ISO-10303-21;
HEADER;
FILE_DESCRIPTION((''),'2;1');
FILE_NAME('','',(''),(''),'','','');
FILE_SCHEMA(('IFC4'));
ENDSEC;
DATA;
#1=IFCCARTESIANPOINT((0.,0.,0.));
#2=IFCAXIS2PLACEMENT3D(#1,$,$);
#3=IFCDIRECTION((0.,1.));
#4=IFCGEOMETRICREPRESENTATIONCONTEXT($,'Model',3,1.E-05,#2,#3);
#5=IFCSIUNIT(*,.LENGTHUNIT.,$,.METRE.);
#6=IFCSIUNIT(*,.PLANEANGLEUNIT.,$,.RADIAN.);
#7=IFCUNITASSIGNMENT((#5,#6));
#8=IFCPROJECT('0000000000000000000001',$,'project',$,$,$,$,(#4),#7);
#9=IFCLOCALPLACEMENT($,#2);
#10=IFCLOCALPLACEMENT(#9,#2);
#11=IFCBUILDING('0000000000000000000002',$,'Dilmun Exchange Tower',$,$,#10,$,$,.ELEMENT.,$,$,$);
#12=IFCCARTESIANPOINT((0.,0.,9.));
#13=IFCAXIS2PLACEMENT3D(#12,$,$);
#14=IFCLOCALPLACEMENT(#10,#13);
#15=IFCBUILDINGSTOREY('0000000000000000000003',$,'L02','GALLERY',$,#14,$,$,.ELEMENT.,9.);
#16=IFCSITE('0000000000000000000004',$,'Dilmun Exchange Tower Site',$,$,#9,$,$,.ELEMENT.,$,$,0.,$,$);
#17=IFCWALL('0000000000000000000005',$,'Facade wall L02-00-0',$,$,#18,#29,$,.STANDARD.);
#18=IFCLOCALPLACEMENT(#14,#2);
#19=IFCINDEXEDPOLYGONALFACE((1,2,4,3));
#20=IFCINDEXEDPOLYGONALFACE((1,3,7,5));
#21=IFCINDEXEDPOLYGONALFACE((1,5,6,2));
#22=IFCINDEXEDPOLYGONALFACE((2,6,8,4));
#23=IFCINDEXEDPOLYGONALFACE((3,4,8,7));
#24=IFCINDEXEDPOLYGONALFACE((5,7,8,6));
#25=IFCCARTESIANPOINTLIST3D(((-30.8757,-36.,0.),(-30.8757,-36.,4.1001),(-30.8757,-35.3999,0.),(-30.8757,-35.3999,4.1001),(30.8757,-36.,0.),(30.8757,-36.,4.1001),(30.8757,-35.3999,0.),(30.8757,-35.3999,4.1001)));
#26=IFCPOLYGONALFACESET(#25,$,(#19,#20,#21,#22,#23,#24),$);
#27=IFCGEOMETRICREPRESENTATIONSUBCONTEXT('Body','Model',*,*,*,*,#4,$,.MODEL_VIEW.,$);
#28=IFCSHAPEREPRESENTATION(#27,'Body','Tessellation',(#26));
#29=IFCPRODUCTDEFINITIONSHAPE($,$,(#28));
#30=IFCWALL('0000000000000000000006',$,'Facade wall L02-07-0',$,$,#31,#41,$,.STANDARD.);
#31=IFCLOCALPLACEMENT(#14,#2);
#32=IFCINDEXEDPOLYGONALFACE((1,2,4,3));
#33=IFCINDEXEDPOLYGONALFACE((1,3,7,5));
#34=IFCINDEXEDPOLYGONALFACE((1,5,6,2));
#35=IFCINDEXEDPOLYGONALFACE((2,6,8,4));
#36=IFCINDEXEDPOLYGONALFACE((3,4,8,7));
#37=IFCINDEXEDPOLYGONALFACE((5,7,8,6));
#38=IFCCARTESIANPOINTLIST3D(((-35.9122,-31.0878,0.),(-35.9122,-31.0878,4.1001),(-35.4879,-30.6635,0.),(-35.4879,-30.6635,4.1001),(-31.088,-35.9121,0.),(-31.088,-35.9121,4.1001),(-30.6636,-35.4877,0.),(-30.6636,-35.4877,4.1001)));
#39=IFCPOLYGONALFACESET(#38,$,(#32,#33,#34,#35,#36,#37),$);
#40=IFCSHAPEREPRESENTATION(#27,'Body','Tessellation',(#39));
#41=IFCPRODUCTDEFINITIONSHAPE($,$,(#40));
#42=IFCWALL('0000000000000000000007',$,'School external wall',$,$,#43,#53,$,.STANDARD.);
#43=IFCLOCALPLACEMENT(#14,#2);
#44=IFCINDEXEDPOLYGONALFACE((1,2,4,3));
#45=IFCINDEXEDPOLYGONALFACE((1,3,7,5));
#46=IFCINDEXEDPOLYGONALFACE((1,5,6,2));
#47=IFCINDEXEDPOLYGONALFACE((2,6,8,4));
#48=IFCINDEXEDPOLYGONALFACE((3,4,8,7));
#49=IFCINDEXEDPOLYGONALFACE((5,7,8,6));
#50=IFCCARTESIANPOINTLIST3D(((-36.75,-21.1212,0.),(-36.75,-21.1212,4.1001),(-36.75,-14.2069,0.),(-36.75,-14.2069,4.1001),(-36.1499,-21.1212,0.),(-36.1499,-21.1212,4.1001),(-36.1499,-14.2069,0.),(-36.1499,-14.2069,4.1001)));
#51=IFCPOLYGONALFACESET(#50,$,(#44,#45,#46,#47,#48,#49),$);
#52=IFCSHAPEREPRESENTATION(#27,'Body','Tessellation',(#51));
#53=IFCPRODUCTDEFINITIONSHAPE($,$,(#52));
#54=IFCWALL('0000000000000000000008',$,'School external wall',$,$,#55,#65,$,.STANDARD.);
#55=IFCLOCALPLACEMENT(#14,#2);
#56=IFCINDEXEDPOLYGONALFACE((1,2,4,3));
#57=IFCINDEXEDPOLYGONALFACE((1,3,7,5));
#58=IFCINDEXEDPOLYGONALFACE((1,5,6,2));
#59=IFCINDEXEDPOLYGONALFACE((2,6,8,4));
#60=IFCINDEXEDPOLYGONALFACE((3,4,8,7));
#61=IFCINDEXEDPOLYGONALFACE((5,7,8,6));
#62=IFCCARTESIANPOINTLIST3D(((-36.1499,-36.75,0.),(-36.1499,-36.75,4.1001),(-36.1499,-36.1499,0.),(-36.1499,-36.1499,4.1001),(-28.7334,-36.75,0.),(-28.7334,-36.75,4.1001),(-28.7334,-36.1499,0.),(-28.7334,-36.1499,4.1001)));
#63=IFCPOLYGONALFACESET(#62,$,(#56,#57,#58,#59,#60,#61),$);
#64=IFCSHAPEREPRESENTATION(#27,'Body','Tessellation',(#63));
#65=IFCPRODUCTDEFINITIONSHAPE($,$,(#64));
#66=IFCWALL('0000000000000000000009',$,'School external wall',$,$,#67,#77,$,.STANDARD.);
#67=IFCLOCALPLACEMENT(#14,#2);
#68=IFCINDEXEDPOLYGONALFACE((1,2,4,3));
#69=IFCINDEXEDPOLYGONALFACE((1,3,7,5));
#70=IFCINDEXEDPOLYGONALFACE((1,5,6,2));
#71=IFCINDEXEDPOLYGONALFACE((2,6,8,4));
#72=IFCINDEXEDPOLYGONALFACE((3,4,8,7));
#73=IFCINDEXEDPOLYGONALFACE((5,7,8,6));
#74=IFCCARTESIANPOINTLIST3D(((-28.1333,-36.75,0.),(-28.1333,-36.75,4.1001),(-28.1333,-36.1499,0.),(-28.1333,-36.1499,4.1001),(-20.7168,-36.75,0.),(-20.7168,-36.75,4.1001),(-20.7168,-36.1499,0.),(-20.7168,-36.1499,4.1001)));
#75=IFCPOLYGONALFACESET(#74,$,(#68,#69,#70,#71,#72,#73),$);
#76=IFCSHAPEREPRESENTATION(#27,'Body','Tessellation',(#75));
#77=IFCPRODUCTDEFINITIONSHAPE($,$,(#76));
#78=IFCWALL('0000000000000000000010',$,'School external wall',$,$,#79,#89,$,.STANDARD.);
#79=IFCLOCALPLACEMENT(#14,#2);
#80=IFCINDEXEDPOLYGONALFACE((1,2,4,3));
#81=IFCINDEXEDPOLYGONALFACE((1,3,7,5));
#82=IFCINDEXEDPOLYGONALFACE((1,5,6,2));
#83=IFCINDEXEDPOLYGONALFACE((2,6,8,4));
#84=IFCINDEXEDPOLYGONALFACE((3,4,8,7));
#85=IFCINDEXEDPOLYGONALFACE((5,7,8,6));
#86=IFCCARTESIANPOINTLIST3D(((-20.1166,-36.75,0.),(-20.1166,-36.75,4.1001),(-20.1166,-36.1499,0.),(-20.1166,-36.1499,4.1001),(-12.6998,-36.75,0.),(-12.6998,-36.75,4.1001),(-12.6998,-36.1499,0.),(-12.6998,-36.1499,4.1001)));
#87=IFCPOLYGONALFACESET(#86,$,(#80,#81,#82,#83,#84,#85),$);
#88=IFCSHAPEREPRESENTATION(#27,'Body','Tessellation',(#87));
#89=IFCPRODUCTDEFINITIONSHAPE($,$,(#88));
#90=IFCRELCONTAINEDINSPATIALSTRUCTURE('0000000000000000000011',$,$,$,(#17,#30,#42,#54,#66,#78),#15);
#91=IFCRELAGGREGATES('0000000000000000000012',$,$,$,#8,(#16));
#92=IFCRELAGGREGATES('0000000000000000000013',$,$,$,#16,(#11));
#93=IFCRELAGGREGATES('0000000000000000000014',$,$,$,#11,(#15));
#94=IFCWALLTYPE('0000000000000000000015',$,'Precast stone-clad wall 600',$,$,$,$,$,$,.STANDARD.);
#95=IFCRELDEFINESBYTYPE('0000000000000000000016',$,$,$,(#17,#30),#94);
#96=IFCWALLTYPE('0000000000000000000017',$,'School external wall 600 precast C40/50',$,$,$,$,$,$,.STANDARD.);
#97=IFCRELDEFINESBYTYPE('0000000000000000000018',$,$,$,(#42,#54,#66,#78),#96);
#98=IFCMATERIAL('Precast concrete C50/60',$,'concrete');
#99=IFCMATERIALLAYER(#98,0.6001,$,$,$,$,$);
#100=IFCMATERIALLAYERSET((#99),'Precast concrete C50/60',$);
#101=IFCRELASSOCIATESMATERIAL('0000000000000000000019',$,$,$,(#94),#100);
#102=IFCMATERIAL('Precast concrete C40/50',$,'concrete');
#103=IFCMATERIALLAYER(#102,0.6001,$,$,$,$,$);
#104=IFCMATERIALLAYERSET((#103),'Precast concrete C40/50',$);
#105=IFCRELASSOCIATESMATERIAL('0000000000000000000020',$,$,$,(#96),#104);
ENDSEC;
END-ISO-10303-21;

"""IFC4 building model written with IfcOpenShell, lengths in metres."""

from ifc_helpers import new_model, si_unit, direction, frame, frame_2d, origin, place, context, subcontext, project, spatial, rectangle, extrude, material, layer, layer_set, type_object, element, save


model = new_model("IFC4")

# Units and contexts
model_context = context("Model", 3, precision=1e-05, world=origin(), true_north=direction((0.0, 1.0)))
body_context = subcontext(model_context, "Body", "Model", "MODEL_VIEW")
ifc_project = project(units=[si_unit("LENGTHUNIT", "METRE"), si_unit("PLANEANGLEUNIT", "RADIAN")], contexts=[model_context])

# Site, building, storey
site_placement = place(None, origin())
site = spatial("IfcSite", under=ifc_project, at=site_placement, Name="Dilmun Exchange Tower Site", CompositionType="ELEMENT", RefElevation=0.0)
building_placement = place(site_placement, origin())
building = spatial("IfcBuilding", under=site, at=building_placement, Name="Dilmun Exchange Tower", CompositionType="ELEMENT")
storey_placement = place(building_placement, frame((0.0, 0.0, 9.0)))
storey = spatial("IfcBuildingStorey", under=building, at=storey_placement, Name="L02", Description="GALLERY", CompositionType="ELEMENT", Elevation=9.0)

# Walls
ifc_material_1 = material(Name="Precast concrete C50/60", Category="concrete")
ifc_layer_1 = layer(ifc_material_1, 0.6001)
ifc_layer_set_1 = layer_set([ifc_layer_1], Name="Precast concrete C50/60")
wall_type_1 = type_object("IfcWallType", Name="Precast stone-clad wall 600", PredefinedType="STANDARD", material=ifc_layer_set_1)
wall_1_placement = place(storey_placement, frame((-30.8757, -35.7, 0.0), z_axis=(0.0, 0.0, 1.0), x_axis=(1.0, 0.0, 0.0)))
element("IfcWall", 1, at=wall_1_placement, inside=storey, type_object=wall_type_1, Name="Facade wall L02-00-0", PredefinedType="STANDARD", context=body_context, shape_type="SweptSolid", body=[
    extrude(rectangle(XDim=61.7515, YDim=0.6001, at=frame_2d((30.8757, 0.0))), origin(), (0.0, 0.0, 1.0), 4.1001),
])
wall_2_placement = place(storey_placement, frame((-35.7, -30.8757, 0.0), z_axis=(0.0, 0.0, 1.0), x_axis=(0.707107, -0.707107, 0.0)))
element("IfcWall", 2, at=wall_2_placement, inside=storey, type_object=wall_type_1, Name="Facade wall L02-07-0", PredefinedType="STANDARD", context=body_context, shape_type="SweptSolid", body=[
    extrude(rectangle(XDim=6.8225, YDim=0.6001, at=frame_2d((3.4111, 0.0))), origin(), (0.0, 0.0, 1.0), 4.1001),
])
ifc_material_2 = material(Name="Precast concrete C40/50", Category="concrete")
ifc_layer_2 = layer(ifc_material_2, 0.6001)
ifc_layer_set_2 = layer_set([ifc_layer_2], Name="Precast concrete C40/50")
wall_type_2 = type_object("IfcWallType", Name="School external wall 600 precast C40/50", PredefinedType="STANDARD", material=ifc_layer_set_2)
wall_3_placement = place(storey_placement, frame((-36.45, -14.207, 0.0), z_axis=(0.0, 0.0, 1.0), x_axis=(0.0, -1.0, 0.0)))
element("IfcWall", 3, at=wall_3_placement, inside=storey, type_object=wall_type_2, Name="School external wall", PredefinedType="STANDARD", context=body_context, shape_type="SweptSolid", body=[
    extrude(rectangle(XDim=6.9143, YDim=0.6001, at=frame_2d((3.457, 0.0))), origin(), (0.0, 0.0, 1.0), 4.1001),
])
for number, where, z_axis, x_axis, name in (
    (4, (-36.1499, -36.45, 0.0), (0.0, 0.0, 1.0), (1.0, 0.0, 0.0), "School external wall"),
    (5, (-28.1333, -36.45, 0.0), (0.0, 0.0, 1.0), (1.0, 0.0, 0.0), "School external wall"),
):
    element("IfcWall", number, at=place(storey_placement, frame(where, z_axis=z_axis, x_axis=x_axis)), inside=storey, type_object=wall_type_2, Name=name, PredefinedType="STANDARD", context=body_context, shape_type="SweptSolid", body=[
        extrude(rectangle(XDim=7.4165, YDim=0.6001, at=frame_2d((3.7083, 0.0))), origin(), (0.0, 0.0, 1.0), 4.1001),
    ])
wall_4_placement = place(storey_placement, frame((-20.1167, -36.45, 0.0), z_axis=(0.0, 0.0, 1.0), x_axis=(1.0, 0.0, 0.0)))
element("IfcWall", 6, at=wall_4_placement, inside=storey, type_object=wall_type_2, Name="School external wall", PredefinedType="STANDARD", context=body_context, shape_type="SweptSolid", body=[
    extrude(rectangle(XDim=7.4167, YDim=0.6001, at=frame_2d((3.7085, 0.0))), origin(), (0.0, 0.0, 1.0), 4.1001),
])

save(model, "model.ifc")
